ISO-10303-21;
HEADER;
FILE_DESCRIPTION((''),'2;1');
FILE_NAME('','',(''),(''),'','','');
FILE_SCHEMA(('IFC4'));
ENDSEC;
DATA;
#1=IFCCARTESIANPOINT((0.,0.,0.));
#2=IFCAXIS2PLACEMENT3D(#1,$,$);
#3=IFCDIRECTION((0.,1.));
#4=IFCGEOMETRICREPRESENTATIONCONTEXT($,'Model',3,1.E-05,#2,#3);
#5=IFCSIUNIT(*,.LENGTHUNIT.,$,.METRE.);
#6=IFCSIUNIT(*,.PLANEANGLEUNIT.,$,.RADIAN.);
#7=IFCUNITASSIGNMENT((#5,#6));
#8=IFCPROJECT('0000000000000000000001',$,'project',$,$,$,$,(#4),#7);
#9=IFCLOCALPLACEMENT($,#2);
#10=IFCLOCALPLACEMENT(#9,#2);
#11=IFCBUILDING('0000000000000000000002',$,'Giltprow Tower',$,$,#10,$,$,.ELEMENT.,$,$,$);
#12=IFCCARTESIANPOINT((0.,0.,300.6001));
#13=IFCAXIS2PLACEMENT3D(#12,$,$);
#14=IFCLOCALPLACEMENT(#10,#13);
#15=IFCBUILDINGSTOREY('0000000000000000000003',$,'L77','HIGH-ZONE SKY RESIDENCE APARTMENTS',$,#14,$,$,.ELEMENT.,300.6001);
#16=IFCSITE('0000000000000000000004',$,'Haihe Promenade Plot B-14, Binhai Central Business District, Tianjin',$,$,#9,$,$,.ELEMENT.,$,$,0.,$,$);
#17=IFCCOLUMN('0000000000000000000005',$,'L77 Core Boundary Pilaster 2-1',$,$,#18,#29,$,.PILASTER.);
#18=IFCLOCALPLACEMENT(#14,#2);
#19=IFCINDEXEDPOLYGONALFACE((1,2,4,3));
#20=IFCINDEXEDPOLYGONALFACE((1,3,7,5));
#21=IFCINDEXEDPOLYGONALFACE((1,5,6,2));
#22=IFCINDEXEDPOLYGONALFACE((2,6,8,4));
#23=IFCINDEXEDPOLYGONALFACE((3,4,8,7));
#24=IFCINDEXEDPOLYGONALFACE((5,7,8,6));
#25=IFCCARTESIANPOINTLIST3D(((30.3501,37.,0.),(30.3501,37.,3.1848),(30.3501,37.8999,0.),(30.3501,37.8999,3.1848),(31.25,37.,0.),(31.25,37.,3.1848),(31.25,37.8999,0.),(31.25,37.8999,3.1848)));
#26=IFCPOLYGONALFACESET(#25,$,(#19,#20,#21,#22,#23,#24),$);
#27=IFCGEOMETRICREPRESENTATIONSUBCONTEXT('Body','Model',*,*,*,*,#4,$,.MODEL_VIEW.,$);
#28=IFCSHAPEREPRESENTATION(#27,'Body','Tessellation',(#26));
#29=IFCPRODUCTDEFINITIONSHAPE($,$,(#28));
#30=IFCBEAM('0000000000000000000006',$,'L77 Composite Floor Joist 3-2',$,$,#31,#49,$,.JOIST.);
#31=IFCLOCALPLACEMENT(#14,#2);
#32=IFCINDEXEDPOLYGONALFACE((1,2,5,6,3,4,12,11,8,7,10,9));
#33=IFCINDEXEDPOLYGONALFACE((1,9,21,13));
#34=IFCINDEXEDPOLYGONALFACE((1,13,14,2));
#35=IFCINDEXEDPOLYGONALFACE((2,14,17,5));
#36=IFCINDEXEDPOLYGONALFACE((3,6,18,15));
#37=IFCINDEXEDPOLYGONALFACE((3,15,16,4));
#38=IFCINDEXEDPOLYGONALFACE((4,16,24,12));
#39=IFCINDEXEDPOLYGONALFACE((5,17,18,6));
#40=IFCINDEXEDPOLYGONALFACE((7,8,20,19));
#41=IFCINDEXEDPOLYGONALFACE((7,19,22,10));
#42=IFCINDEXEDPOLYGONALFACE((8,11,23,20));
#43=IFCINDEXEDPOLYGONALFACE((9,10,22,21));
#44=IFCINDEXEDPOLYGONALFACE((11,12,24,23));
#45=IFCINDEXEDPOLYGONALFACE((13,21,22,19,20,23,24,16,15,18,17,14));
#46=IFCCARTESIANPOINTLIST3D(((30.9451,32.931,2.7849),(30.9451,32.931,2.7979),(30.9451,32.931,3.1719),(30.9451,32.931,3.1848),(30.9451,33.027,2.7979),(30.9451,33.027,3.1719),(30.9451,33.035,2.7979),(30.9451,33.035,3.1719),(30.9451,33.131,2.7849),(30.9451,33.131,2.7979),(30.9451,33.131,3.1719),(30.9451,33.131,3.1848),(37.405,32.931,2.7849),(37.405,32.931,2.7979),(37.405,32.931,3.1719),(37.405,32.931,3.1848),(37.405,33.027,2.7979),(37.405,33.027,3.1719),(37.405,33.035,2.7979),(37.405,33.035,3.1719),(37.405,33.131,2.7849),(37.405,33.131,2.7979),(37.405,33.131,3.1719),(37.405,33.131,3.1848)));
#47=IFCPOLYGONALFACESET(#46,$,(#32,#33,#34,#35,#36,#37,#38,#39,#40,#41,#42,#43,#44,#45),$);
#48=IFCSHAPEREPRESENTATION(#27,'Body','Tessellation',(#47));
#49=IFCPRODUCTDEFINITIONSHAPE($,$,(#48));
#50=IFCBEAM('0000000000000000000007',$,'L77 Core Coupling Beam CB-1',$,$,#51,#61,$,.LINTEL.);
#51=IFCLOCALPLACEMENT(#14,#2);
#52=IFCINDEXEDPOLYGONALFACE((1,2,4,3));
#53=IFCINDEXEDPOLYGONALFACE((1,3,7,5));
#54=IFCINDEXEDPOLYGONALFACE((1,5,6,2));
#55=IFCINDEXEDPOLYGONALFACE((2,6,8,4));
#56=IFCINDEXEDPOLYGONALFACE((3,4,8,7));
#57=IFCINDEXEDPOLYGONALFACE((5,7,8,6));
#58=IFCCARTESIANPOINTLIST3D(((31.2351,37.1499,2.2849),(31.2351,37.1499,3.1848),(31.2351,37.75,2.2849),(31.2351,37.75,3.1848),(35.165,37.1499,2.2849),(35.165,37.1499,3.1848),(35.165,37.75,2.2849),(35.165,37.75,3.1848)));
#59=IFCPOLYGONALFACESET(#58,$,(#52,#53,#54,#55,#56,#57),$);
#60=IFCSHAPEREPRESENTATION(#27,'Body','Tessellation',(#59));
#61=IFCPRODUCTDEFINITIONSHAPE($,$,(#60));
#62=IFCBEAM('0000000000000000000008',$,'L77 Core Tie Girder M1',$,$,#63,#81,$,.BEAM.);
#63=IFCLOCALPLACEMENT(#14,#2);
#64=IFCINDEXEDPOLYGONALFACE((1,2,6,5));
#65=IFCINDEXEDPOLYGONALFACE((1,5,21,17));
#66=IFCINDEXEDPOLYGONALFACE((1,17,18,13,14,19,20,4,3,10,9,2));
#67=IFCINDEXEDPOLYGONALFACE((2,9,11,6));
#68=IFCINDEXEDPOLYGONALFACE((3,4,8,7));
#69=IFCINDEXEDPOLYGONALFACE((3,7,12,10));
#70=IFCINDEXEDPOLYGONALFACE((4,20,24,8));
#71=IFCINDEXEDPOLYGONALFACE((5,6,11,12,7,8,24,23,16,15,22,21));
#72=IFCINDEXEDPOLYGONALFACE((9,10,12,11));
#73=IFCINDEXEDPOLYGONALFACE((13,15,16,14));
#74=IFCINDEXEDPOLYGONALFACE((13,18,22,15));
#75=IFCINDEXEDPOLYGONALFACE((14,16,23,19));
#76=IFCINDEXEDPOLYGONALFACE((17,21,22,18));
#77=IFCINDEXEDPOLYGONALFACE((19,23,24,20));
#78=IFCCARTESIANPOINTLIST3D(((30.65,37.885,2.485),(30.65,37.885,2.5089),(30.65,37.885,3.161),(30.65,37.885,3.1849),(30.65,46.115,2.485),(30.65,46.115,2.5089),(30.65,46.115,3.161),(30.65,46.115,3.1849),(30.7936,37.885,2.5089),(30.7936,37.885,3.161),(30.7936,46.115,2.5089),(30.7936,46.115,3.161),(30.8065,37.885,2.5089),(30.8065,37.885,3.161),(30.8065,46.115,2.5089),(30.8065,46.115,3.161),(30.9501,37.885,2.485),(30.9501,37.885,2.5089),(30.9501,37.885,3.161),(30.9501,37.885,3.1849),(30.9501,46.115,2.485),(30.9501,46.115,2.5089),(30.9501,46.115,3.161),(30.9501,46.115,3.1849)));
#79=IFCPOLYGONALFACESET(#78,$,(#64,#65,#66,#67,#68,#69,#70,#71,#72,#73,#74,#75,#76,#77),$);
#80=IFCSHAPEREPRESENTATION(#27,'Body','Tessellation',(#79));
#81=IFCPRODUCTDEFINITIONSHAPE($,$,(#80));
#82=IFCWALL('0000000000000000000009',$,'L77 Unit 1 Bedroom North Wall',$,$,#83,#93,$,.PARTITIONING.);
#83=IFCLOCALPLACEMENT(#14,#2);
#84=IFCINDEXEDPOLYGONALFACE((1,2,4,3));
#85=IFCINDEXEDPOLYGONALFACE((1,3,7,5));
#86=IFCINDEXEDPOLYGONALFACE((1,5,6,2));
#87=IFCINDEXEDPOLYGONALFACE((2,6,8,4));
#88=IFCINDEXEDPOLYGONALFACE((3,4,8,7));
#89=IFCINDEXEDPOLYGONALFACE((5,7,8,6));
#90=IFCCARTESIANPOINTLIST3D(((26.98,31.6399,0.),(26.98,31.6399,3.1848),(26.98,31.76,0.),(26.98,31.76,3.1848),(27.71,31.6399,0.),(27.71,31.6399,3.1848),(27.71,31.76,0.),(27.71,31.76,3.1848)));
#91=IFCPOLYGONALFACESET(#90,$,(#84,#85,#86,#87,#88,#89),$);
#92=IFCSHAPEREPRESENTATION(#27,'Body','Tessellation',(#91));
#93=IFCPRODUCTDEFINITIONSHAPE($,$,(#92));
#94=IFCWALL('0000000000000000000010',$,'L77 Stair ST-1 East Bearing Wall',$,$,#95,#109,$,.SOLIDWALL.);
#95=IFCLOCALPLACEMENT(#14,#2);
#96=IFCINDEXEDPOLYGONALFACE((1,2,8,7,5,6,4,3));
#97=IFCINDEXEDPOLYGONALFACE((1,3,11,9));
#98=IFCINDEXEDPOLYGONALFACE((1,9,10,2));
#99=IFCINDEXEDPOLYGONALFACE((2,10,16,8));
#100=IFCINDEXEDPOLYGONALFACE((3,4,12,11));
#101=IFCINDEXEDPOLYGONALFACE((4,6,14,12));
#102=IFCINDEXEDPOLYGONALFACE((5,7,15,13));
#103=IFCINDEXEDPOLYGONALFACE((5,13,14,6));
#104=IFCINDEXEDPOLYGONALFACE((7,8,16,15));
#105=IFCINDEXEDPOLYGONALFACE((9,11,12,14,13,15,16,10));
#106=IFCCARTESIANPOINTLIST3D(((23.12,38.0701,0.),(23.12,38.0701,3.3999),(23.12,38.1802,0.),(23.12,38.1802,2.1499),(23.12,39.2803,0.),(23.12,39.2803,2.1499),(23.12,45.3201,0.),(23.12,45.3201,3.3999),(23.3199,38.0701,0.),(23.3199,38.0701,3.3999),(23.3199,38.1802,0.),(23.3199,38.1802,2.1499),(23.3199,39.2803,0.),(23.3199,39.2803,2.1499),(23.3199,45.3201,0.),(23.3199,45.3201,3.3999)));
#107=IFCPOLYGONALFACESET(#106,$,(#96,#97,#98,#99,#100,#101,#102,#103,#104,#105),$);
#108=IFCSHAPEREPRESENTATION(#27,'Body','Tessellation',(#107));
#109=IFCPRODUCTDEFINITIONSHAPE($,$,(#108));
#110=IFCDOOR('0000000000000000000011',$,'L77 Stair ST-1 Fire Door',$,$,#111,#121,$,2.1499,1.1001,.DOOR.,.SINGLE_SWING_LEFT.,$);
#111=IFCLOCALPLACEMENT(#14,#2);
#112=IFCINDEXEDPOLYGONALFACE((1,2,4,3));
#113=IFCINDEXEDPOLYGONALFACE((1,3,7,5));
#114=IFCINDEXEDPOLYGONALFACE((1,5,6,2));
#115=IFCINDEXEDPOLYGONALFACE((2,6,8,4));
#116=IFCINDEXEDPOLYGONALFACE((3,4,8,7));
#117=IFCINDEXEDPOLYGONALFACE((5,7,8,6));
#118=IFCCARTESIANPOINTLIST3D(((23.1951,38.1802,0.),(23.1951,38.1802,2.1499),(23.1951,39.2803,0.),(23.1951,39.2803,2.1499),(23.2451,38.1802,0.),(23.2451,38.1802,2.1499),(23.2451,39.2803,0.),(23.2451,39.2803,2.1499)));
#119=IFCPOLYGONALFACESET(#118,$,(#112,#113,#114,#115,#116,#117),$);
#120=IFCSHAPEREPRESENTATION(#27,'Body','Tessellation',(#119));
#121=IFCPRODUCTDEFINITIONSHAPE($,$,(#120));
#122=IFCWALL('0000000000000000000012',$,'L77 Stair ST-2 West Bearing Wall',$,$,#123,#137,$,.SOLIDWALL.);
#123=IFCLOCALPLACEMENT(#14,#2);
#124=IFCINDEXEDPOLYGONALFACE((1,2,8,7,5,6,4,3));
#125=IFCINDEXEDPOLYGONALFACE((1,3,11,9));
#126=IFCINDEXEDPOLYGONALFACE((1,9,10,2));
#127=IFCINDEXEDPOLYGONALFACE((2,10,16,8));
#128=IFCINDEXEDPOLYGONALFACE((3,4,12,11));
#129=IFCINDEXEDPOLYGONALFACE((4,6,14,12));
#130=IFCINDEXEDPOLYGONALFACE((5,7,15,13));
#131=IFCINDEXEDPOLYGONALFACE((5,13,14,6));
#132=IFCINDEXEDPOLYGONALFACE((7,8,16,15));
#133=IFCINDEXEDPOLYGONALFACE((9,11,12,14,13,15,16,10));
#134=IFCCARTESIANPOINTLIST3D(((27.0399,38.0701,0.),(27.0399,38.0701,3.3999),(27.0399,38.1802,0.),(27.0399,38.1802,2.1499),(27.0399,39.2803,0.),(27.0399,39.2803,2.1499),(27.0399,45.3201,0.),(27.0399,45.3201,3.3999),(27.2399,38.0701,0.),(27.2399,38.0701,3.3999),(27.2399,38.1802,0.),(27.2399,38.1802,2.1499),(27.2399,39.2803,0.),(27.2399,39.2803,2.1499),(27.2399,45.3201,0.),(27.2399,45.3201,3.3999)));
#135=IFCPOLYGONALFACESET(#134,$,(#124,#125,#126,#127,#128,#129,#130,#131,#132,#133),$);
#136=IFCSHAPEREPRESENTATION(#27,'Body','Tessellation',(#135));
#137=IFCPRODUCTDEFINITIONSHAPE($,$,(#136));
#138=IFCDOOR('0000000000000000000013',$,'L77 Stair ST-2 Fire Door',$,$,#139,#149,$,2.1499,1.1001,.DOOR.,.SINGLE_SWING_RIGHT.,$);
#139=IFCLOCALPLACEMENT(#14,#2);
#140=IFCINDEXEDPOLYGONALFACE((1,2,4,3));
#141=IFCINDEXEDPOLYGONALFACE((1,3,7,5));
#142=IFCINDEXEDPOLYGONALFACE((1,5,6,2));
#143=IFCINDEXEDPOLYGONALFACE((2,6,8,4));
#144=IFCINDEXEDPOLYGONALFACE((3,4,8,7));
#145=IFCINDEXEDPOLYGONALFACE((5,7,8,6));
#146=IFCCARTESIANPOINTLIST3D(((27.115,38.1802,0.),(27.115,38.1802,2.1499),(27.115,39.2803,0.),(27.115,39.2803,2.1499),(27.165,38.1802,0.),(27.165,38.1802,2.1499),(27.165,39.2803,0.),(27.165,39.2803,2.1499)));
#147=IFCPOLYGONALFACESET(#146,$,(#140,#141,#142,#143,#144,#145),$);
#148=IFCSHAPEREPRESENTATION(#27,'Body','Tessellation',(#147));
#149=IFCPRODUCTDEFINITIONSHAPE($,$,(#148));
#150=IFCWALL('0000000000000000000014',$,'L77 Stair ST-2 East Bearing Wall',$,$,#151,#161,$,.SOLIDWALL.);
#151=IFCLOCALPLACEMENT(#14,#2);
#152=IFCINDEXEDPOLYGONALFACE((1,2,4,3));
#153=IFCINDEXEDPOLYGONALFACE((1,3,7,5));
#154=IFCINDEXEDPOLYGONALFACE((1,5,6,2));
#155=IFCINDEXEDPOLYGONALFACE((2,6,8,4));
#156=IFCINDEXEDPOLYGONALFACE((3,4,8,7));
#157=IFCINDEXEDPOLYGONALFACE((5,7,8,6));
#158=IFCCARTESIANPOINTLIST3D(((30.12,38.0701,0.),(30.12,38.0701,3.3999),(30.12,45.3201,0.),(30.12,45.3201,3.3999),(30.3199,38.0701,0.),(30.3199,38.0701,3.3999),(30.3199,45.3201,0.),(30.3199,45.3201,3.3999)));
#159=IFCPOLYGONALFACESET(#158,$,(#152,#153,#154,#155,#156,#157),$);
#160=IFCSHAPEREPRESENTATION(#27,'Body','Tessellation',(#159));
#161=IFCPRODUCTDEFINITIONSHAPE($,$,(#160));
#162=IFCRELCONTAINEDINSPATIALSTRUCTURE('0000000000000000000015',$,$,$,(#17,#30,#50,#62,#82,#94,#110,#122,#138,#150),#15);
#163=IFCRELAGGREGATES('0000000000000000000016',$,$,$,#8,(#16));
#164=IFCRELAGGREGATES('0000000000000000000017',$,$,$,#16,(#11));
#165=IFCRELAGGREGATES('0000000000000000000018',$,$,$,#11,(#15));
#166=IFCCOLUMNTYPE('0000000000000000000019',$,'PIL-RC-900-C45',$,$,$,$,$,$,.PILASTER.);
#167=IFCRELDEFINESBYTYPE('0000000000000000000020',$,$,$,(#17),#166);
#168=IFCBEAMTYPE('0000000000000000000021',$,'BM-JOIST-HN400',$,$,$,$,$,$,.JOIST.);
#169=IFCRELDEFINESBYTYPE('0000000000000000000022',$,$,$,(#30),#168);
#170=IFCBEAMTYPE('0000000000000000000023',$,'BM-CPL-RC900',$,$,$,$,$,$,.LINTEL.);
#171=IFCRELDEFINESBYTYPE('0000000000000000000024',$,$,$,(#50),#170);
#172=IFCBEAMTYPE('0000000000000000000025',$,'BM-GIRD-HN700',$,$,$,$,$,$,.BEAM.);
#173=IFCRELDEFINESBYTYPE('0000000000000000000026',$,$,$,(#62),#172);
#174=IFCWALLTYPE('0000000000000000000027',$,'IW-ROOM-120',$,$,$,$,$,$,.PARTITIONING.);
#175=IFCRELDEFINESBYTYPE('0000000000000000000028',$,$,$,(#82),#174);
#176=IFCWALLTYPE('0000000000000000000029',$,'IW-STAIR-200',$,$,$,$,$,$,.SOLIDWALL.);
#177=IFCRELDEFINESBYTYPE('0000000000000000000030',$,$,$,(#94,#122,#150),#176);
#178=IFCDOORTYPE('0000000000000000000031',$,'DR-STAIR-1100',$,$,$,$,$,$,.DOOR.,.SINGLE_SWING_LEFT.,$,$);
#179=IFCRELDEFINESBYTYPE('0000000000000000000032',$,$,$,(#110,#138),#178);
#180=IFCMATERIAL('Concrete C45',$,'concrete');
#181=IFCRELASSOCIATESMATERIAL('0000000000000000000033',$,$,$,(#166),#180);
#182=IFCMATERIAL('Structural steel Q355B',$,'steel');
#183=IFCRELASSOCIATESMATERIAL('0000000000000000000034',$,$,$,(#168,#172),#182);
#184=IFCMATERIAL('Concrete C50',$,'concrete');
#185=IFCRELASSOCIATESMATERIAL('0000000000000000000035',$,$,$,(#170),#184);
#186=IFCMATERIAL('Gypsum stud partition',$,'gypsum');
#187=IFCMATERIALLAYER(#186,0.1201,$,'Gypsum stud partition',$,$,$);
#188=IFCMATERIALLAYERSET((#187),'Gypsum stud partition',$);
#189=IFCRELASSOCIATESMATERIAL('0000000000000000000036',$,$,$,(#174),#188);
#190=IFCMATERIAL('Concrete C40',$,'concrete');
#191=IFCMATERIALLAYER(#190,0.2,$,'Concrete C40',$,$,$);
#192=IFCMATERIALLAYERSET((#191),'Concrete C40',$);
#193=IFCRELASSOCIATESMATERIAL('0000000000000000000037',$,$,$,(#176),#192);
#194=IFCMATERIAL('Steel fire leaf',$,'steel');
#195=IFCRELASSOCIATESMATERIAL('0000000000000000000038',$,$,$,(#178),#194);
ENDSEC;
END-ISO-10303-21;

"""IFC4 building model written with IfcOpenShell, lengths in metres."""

from ifc_helpers import new_model, si_unit, direction, frame, frame_2d, origin, origin_2d, place, context, subcontext, project, spatial, rectangle, i_section, extrude, source, transform, mapped, material, layer, layer_set, material_profile, profile_set, type_object, element, fill, save


model = new_model("IFC4")

# Units and contexts
model_context = context("Model", 3, precision=1e-05, world=origin(), true_north=direction((0.0, 1.0)))
body_context = subcontext(model_context, "Body", "Model", "MODEL_VIEW")
ifc_project = project(units=[si_unit("LENGTHUNIT", "METRE"), si_unit("PLANEANGLEUNIT", "RADIAN")], contexts=[model_context])

# Site, building, storey
site_placement = place(None, origin())
site = spatial("IfcSite", under=ifc_project, at=site_placement, Name="Haihe Promenade Plot B-14, Binhai Central Business District, Tianjin", CompositionType="ELEMENT", RefElevation=0.0)
building_placement = place(site_placement, origin())
building = spatial("IfcBuilding", under=site, at=building_placement, Name="Giltprow Tower", CompositionType="ELEMENT")
storey_placement = place(building_placement, frame((0.0, 0.0, 300.6001)))
storey = spatial("IfcBuildingStorey", under=building, at=storey_placement, Name="L77", Description="HIGH-ZONE SKY RESIDENCE APARTMENTS", CompositionType="ELEMENT", Elevation=300.6001)

# Column
ifc_material_1 = material(Name="Concrete C45", Category="concrete")
ifc_material_profile_1 = material_profile(ifc_material_1, rectangle(XDim=0.8999, YDim=0.8999, at=origin_2d()), Name="RC 900x900")
ifc_profile_set_1 = profile_set([ifc_material_profile_1], Name="Concrete C45")
column_type = type_object("IfcColumnType", Name="PIL-RC-900-C45", PredefinedType="PILASTER", material=ifc_profile_set_1)
shared_shape_1 = source(origin(), body_context, "Body", "SweptSolid", [
    extrude(rectangle(XDim=0.8999, YDim=0.8999, at=origin_2d()), origin(), (0.0, 0.0, 1.0), 3.1848),
])
column_placement = place(storey_placement, frame((30.8, 37.45, 0.0), z_axis=(0.0, 0.0, 1.0), x_axis=(1.0, 0.0, 0.0)))
element("IfcColumn", 1, at=column_placement, inside=storey, type_object=column_type, Name="L77 Core Boundary Pilaster 2-1", PredefinedType="PILASTER", context=body_context, shape_type="MappedRepresentation", body=[
    mapped(shared_shape_1, transform((0.0, 0.0, 0.0), x_axis=(1.0, 0.0, 0.0), y_axis=(0.0, 1.0, 0.0), z_axis=(0.0, 0.0, 1.0), scale=1.0)),
])

# Beams
ifc_material_2 = material(Name="Structural steel Q355B", Category="steel")
ifc_material_profile_2 = material_profile(ifc_material_2, i_section(OverallWidth=0.2, OverallDepth=0.3999, WebThickness=0.0081, FlangeThickness=0.0129, at=origin_2d()), Name="HN 400x200x8x13")
ifc_profile_set_2 = profile_set([ifc_material_profile_2], Name="Structural steel Q355B")
beam_type_1 = type_object("IfcBeamType", Name="BM-JOIST-HN400", PredefinedType="JOIST", material=ifc_profile_set_2)
shared_shape_2 = source(origin(), body_context, "Body", "SweptSolid", [
    extrude(i_section(OverallWidth=0.2, OverallDepth=0.3999, WebThickness=0.0081, FlangeThickness=0.0129, at=origin_2d()), origin(), (0.0, 0.0, 1.0), 6.46),
])
beam_1_placement = place(storey_placement, frame((30.9451, 33.031, 2.9849), z_axis=(1.0, 0.0, 0.0), x_axis=(0.0, 1.0, 0.0)))
element("IfcBeam", 2, at=beam_1_placement, inside=storey, type_object=beam_type_1, Name="L77 Composite Floor Joist 3-2", PredefinedType="JOIST", context=body_context, shape_type="MappedRepresentation", body=[
    mapped(shared_shape_2, transform((0.0, 0.0, 0.0), x_axis=(1.0, 0.0, 0.0), y_axis=(0.0, 1.0, 0.0), z_axis=(0.0, 0.0, 1.0), scale=1.0)),
])
ifc_material_3 = material(Name="Concrete C50", Category="concrete")
ifc_material_profile_3 = material_profile(ifc_material_3, rectangle(XDim=0.6001, YDim=0.8999, at=origin_2d()), Name="RC 900x600")
ifc_profile_set_3 = profile_set([ifc_material_profile_3], Name="Concrete C50")
beam_type_2 = type_object("IfcBeamType", Name="BM-CPL-RC900", PredefinedType="LINTEL", material=ifc_profile_set_3)
shared_shape_3 = source(origin(), body_context, "Body", "SweptSolid", [
    extrude(rectangle(XDim=0.6001, YDim=0.8999, at=origin_2d()), origin(), (0.0, 0.0, 1.0), 3.9299),
])
beam_2_placement = place(storey_placement, frame((31.2351, 37.45, 2.7349), z_axis=(1.0, 0.0, 0.0), x_axis=(0.0, 1.0, 0.0)))
element("IfcBeam", 3, at=beam_2_placement, inside=storey, type_object=beam_type_2, Name="L77 Core Coupling Beam CB-1", PredefinedType="LINTEL", context=body_context, shape_type="MappedRepresentation", body=[
    mapped(shared_shape_3, transform((0.0, 0.0, 0.0), x_axis=(1.0, 0.0, 0.0), y_axis=(0.0, 1.0, 0.0), z_axis=(0.0, 0.0, 1.0), scale=1.0)),
])
ifc_material_profile_4 = material_profile(ifc_material_2, i_section(OverallWidth=0.3, OverallDepth=0.7, WebThickness=0.0129, FlangeThickness=0.0239, at=origin_2d()), Name="HN 700x300x13x24")
ifc_profile_set_4 = profile_set([ifc_material_profile_4], Name="Structural steel Q355B")
beam_type_3 = type_object("IfcBeamType", Name="BM-GIRD-HN700", PredefinedType="BEAM", material=ifc_profile_set_4)
shared_shape_4 = source(origin(), body_context, "Body", "SweptSolid", [
    extrude(i_section(OverallWidth=0.3, OverallDepth=0.7, WebThickness=0.0129, FlangeThickness=0.0239, at=origin_2d()), origin(), (0.0, 0.0, 1.0), 8.23),
])
beam_3_placement = place(storey_placement, frame((30.8, 37.885, 2.835), z_axis=(0.0, 1.0, 0.0), x_axis=(-1.0, 0.0, 0.0)))
element("IfcBeam", 4, at=beam_3_placement, inside=storey, type_object=beam_type_3, Name="L77 Core Tie Girder M1", PredefinedType="BEAM", context=body_context, shape_type="MappedRepresentation", body=[
    mapped(shared_shape_4, transform((0.0, 0.0, 0.0), x_axis=(1.0, 0.0, 0.0), y_axis=(0.0, 1.0, 0.0), z_axis=(0.0, 0.0, 1.0), scale=1.0)),
])

# Wall
ifc_material_4 = material(Name="Gypsum stud partition", Category="gypsum")
ifc_layer_1 = layer(ifc_material_4, 0.1201, Name="Gypsum stud partition")
ifc_layer_set_1 = layer_set([ifc_layer_1], Name="Gypsum stud partition")
wall_type_1 = type_object("IfcWallType", Name="IW-ROOM-120", PredefinedType="PARTITIONING", material=ifc_layer_set_1)
wall_1_placement = place(storey_placement, frame((26.98, 31.7, 0.0), z_axis=(0.0, 0.0, 1.0), x_axis=(1.0, 0.0, 0.0)))
element("IfcWall", 5, at=wall_1_placement, inside=storey, type_object=wall_type_1, Name="L77 Unit 1 Bedroom North Wall", PredefinedType="PARTITIONING", context=body_context, shape_type="SweptSolid", body=[
    extrude(rectangle(XDim=0.73, YDim=0.1201, at=frame_2d((0.365, 0.0))), origin(), (0.0, 0.0, 1.0), 3.1848),
])

# Walls, openings, doors
ifc_material_5 = material(Name="Concrete C40", Category="concrete")
ifc_layer_2 = layer(ifc_material_5, 0.2, Name="Concrete C40")
ifc_layer_set_2 = layer_set([ifc_layer_2], Name="Concrete C40")
wall_type_2 = type_object("IfcWallType", Name="IW-STAIR-200", PredefinedType="SOLIDWALL", material=ifc_layer_set_2)
wall_2_placement = place(storey_placement, frame((23.22, 38.0701, 0.0), z_axis=(0.0, 0.0, 1.0), x_axis=(0.0, 1.0, 0.0)))
wall_2 = element("IfcWall", 6, at=wall_2_placement, inside=storey, type_object=wall_type_2, Name="L77 Stair ST-1 East Bearing Wall", PredefinedType="SOLIDWALL", context=body_context, shape_type="SweptSolid", body=[
    extrude(rectangle(XDim=7.25, YDim=0.2, at=frame_2d((3.625, 0.0))), origin(), (0.0, 0.0, 1.0), 3.3999),
])
opening_1_placement = place(wall_2_placement, frame((0.1101, 0.0, 0.0)))
opening_1 = element("IfcOpeningElement", 7, at=opening_1_placement, cuts=wall_2, PredefinedType="OPENING", context=body_context, shape_type="SweptSolid", body=[
    extrude(rectangle(XDim=1.1001, YDim=2.1499, at=frame_2d((0.55, 1.075))), frame((0.0, 0.1099, 0.0), z_axis=(0.0, -1.0, 0.0), x_axis=(1.0, 0.0, 0.0)), (0.0, 0.0, 1.0), 0.22),
])
ifc_material_6 = material(Name="Steel fire leaf", Category="steel")
door_type_1 = type_object("IfcDoorType", Name="DR-STAIR-1100", OperationType="SINGLE_SWING_LEFT", PredefinedType="DOOR", material=ifc_material_6)
shared_shape_5 = source(origin(), body_context, "Body", "SweptSolid", [
    extrude(rectangle(XDim=1.1001, YDim=2.1499, at=frame_2d((0.55, 1.075))), frame((0.0, 0.0249, 0.0), z_axis=(0.0, -1.0, 0.0), x_axis=(1.0, 0.0, 0.0)), (0.0, 0.0, 1.0), 0.05),
])
door_1_placement = place(opening_1_placement, origin())
door_1 = element("IfcDoor", 8, at=door_1_placement, inside=storey, type_object=door_type_1, Name="L77 Stair ST-1 Fire Door", OperationType="SINGLE_SWING_LEFT", OverallHeight=2.1499, OverallWidth=1.1001, PredefinedType="DOOR", context=body_context, shape_type="MappedRepresentation", body=[
    mapped(shared_shape_5, transform((0.0, 0.0, 0.0), x_axis=(1.0, 0.0, 0.0), y_axis=(0.0, 1.0, 0.0), z_axis=(0.0, 0.0, 1.0), scale=1.0)),
])
fill(opening_1, door_1)
wall_3_placement = place(storey_placement, frame((27.1399, 38.0701, 0.0), z_axis=(0.0, 0.0, 1.0), x_axis=(0.0, 1.0, 0.0)))
wall_3 = element("IfcWall", 9, at=wall_3_placement, inside=storey, type_object=wall_type_2, Name="L77 Stair ST-2 West Bearing Wall", PredefinedType="SOLIDWALL", context=body_context, shape_type="SweptSolid", body=[
    extrude(rectangle(XDim=7.25, YDim=0.2, at=frame_2d((3.625, 0.0))), origin(), (0.0, 0.0, 1.0), 3.3999),
])
opening_2_placement = place(wall_3_placement, frame((0.1101, 0.0, 0.0)))
opening_2 = element("IfcOpeningElement", 10, at=opening_2_placement, cuts=wall_3, PredefinedType="OPENING", context=body_context, shape_type="SweptSolid", body=[
    extrude(rectangle(XDim=1.1001, YDim=2.1499, at=frame_2d((0.55, 1.075))), frame((0.0, 0.1099, 0.0), z_axis=(0.0, -1.0, 0.0), x_axis=(1.0, 0.0, 0.0)), (0.0, 0.0, 1.0), 0.22),
])
door_2_placement = place(opening_2_placement, origin())
door_2 = element("IfcDoor", 11, at=door_2_placement, inside=storey, type_object=door_type_1, Name="L77 Stair ST-2 Fire Door", OperationType="SINGLE_SWING_RIGHT", OverallHeight=2.1499, OverallWidth=1.1001, PredefinedType="DOOR", context=body_context, shape_type="MappedRepresentation", body=[
    mapped(shared_shape_5, transform((0.0, 0.0, 0.0), x_axis=(1.0, 0.0, 0.0), y_axis=(0.0, 1.0, 0.0), z_axis=(0.0, 0.0, 1.0), scale=1.0)),
])
fill(opening_2, door_2)

# Wall
wall_4_placement = place(storey_placement, frame((30.22, 38.0701, 0.0), z_axis=(0.0, 0.0, 1.0), x_axis=(0.0, 1.0, 0.0)))
element("IfcWall", 12, at=wall_4_placement, inside=storey, type_object=wall_type_2, Name="L77 Stair ST-2 East Bearing Wall", PredefinedType="SOLIDWALL", context=body_context, shape_type="SweptSolid", body=[
    extrude(rectangle(XDim=7.25, YDim=0.2, at=frame_2d((3.625, 0.0))), origin(), (0.0, 0.0, 1.0), 3.3999),
])

save(model, "model.ifc")
